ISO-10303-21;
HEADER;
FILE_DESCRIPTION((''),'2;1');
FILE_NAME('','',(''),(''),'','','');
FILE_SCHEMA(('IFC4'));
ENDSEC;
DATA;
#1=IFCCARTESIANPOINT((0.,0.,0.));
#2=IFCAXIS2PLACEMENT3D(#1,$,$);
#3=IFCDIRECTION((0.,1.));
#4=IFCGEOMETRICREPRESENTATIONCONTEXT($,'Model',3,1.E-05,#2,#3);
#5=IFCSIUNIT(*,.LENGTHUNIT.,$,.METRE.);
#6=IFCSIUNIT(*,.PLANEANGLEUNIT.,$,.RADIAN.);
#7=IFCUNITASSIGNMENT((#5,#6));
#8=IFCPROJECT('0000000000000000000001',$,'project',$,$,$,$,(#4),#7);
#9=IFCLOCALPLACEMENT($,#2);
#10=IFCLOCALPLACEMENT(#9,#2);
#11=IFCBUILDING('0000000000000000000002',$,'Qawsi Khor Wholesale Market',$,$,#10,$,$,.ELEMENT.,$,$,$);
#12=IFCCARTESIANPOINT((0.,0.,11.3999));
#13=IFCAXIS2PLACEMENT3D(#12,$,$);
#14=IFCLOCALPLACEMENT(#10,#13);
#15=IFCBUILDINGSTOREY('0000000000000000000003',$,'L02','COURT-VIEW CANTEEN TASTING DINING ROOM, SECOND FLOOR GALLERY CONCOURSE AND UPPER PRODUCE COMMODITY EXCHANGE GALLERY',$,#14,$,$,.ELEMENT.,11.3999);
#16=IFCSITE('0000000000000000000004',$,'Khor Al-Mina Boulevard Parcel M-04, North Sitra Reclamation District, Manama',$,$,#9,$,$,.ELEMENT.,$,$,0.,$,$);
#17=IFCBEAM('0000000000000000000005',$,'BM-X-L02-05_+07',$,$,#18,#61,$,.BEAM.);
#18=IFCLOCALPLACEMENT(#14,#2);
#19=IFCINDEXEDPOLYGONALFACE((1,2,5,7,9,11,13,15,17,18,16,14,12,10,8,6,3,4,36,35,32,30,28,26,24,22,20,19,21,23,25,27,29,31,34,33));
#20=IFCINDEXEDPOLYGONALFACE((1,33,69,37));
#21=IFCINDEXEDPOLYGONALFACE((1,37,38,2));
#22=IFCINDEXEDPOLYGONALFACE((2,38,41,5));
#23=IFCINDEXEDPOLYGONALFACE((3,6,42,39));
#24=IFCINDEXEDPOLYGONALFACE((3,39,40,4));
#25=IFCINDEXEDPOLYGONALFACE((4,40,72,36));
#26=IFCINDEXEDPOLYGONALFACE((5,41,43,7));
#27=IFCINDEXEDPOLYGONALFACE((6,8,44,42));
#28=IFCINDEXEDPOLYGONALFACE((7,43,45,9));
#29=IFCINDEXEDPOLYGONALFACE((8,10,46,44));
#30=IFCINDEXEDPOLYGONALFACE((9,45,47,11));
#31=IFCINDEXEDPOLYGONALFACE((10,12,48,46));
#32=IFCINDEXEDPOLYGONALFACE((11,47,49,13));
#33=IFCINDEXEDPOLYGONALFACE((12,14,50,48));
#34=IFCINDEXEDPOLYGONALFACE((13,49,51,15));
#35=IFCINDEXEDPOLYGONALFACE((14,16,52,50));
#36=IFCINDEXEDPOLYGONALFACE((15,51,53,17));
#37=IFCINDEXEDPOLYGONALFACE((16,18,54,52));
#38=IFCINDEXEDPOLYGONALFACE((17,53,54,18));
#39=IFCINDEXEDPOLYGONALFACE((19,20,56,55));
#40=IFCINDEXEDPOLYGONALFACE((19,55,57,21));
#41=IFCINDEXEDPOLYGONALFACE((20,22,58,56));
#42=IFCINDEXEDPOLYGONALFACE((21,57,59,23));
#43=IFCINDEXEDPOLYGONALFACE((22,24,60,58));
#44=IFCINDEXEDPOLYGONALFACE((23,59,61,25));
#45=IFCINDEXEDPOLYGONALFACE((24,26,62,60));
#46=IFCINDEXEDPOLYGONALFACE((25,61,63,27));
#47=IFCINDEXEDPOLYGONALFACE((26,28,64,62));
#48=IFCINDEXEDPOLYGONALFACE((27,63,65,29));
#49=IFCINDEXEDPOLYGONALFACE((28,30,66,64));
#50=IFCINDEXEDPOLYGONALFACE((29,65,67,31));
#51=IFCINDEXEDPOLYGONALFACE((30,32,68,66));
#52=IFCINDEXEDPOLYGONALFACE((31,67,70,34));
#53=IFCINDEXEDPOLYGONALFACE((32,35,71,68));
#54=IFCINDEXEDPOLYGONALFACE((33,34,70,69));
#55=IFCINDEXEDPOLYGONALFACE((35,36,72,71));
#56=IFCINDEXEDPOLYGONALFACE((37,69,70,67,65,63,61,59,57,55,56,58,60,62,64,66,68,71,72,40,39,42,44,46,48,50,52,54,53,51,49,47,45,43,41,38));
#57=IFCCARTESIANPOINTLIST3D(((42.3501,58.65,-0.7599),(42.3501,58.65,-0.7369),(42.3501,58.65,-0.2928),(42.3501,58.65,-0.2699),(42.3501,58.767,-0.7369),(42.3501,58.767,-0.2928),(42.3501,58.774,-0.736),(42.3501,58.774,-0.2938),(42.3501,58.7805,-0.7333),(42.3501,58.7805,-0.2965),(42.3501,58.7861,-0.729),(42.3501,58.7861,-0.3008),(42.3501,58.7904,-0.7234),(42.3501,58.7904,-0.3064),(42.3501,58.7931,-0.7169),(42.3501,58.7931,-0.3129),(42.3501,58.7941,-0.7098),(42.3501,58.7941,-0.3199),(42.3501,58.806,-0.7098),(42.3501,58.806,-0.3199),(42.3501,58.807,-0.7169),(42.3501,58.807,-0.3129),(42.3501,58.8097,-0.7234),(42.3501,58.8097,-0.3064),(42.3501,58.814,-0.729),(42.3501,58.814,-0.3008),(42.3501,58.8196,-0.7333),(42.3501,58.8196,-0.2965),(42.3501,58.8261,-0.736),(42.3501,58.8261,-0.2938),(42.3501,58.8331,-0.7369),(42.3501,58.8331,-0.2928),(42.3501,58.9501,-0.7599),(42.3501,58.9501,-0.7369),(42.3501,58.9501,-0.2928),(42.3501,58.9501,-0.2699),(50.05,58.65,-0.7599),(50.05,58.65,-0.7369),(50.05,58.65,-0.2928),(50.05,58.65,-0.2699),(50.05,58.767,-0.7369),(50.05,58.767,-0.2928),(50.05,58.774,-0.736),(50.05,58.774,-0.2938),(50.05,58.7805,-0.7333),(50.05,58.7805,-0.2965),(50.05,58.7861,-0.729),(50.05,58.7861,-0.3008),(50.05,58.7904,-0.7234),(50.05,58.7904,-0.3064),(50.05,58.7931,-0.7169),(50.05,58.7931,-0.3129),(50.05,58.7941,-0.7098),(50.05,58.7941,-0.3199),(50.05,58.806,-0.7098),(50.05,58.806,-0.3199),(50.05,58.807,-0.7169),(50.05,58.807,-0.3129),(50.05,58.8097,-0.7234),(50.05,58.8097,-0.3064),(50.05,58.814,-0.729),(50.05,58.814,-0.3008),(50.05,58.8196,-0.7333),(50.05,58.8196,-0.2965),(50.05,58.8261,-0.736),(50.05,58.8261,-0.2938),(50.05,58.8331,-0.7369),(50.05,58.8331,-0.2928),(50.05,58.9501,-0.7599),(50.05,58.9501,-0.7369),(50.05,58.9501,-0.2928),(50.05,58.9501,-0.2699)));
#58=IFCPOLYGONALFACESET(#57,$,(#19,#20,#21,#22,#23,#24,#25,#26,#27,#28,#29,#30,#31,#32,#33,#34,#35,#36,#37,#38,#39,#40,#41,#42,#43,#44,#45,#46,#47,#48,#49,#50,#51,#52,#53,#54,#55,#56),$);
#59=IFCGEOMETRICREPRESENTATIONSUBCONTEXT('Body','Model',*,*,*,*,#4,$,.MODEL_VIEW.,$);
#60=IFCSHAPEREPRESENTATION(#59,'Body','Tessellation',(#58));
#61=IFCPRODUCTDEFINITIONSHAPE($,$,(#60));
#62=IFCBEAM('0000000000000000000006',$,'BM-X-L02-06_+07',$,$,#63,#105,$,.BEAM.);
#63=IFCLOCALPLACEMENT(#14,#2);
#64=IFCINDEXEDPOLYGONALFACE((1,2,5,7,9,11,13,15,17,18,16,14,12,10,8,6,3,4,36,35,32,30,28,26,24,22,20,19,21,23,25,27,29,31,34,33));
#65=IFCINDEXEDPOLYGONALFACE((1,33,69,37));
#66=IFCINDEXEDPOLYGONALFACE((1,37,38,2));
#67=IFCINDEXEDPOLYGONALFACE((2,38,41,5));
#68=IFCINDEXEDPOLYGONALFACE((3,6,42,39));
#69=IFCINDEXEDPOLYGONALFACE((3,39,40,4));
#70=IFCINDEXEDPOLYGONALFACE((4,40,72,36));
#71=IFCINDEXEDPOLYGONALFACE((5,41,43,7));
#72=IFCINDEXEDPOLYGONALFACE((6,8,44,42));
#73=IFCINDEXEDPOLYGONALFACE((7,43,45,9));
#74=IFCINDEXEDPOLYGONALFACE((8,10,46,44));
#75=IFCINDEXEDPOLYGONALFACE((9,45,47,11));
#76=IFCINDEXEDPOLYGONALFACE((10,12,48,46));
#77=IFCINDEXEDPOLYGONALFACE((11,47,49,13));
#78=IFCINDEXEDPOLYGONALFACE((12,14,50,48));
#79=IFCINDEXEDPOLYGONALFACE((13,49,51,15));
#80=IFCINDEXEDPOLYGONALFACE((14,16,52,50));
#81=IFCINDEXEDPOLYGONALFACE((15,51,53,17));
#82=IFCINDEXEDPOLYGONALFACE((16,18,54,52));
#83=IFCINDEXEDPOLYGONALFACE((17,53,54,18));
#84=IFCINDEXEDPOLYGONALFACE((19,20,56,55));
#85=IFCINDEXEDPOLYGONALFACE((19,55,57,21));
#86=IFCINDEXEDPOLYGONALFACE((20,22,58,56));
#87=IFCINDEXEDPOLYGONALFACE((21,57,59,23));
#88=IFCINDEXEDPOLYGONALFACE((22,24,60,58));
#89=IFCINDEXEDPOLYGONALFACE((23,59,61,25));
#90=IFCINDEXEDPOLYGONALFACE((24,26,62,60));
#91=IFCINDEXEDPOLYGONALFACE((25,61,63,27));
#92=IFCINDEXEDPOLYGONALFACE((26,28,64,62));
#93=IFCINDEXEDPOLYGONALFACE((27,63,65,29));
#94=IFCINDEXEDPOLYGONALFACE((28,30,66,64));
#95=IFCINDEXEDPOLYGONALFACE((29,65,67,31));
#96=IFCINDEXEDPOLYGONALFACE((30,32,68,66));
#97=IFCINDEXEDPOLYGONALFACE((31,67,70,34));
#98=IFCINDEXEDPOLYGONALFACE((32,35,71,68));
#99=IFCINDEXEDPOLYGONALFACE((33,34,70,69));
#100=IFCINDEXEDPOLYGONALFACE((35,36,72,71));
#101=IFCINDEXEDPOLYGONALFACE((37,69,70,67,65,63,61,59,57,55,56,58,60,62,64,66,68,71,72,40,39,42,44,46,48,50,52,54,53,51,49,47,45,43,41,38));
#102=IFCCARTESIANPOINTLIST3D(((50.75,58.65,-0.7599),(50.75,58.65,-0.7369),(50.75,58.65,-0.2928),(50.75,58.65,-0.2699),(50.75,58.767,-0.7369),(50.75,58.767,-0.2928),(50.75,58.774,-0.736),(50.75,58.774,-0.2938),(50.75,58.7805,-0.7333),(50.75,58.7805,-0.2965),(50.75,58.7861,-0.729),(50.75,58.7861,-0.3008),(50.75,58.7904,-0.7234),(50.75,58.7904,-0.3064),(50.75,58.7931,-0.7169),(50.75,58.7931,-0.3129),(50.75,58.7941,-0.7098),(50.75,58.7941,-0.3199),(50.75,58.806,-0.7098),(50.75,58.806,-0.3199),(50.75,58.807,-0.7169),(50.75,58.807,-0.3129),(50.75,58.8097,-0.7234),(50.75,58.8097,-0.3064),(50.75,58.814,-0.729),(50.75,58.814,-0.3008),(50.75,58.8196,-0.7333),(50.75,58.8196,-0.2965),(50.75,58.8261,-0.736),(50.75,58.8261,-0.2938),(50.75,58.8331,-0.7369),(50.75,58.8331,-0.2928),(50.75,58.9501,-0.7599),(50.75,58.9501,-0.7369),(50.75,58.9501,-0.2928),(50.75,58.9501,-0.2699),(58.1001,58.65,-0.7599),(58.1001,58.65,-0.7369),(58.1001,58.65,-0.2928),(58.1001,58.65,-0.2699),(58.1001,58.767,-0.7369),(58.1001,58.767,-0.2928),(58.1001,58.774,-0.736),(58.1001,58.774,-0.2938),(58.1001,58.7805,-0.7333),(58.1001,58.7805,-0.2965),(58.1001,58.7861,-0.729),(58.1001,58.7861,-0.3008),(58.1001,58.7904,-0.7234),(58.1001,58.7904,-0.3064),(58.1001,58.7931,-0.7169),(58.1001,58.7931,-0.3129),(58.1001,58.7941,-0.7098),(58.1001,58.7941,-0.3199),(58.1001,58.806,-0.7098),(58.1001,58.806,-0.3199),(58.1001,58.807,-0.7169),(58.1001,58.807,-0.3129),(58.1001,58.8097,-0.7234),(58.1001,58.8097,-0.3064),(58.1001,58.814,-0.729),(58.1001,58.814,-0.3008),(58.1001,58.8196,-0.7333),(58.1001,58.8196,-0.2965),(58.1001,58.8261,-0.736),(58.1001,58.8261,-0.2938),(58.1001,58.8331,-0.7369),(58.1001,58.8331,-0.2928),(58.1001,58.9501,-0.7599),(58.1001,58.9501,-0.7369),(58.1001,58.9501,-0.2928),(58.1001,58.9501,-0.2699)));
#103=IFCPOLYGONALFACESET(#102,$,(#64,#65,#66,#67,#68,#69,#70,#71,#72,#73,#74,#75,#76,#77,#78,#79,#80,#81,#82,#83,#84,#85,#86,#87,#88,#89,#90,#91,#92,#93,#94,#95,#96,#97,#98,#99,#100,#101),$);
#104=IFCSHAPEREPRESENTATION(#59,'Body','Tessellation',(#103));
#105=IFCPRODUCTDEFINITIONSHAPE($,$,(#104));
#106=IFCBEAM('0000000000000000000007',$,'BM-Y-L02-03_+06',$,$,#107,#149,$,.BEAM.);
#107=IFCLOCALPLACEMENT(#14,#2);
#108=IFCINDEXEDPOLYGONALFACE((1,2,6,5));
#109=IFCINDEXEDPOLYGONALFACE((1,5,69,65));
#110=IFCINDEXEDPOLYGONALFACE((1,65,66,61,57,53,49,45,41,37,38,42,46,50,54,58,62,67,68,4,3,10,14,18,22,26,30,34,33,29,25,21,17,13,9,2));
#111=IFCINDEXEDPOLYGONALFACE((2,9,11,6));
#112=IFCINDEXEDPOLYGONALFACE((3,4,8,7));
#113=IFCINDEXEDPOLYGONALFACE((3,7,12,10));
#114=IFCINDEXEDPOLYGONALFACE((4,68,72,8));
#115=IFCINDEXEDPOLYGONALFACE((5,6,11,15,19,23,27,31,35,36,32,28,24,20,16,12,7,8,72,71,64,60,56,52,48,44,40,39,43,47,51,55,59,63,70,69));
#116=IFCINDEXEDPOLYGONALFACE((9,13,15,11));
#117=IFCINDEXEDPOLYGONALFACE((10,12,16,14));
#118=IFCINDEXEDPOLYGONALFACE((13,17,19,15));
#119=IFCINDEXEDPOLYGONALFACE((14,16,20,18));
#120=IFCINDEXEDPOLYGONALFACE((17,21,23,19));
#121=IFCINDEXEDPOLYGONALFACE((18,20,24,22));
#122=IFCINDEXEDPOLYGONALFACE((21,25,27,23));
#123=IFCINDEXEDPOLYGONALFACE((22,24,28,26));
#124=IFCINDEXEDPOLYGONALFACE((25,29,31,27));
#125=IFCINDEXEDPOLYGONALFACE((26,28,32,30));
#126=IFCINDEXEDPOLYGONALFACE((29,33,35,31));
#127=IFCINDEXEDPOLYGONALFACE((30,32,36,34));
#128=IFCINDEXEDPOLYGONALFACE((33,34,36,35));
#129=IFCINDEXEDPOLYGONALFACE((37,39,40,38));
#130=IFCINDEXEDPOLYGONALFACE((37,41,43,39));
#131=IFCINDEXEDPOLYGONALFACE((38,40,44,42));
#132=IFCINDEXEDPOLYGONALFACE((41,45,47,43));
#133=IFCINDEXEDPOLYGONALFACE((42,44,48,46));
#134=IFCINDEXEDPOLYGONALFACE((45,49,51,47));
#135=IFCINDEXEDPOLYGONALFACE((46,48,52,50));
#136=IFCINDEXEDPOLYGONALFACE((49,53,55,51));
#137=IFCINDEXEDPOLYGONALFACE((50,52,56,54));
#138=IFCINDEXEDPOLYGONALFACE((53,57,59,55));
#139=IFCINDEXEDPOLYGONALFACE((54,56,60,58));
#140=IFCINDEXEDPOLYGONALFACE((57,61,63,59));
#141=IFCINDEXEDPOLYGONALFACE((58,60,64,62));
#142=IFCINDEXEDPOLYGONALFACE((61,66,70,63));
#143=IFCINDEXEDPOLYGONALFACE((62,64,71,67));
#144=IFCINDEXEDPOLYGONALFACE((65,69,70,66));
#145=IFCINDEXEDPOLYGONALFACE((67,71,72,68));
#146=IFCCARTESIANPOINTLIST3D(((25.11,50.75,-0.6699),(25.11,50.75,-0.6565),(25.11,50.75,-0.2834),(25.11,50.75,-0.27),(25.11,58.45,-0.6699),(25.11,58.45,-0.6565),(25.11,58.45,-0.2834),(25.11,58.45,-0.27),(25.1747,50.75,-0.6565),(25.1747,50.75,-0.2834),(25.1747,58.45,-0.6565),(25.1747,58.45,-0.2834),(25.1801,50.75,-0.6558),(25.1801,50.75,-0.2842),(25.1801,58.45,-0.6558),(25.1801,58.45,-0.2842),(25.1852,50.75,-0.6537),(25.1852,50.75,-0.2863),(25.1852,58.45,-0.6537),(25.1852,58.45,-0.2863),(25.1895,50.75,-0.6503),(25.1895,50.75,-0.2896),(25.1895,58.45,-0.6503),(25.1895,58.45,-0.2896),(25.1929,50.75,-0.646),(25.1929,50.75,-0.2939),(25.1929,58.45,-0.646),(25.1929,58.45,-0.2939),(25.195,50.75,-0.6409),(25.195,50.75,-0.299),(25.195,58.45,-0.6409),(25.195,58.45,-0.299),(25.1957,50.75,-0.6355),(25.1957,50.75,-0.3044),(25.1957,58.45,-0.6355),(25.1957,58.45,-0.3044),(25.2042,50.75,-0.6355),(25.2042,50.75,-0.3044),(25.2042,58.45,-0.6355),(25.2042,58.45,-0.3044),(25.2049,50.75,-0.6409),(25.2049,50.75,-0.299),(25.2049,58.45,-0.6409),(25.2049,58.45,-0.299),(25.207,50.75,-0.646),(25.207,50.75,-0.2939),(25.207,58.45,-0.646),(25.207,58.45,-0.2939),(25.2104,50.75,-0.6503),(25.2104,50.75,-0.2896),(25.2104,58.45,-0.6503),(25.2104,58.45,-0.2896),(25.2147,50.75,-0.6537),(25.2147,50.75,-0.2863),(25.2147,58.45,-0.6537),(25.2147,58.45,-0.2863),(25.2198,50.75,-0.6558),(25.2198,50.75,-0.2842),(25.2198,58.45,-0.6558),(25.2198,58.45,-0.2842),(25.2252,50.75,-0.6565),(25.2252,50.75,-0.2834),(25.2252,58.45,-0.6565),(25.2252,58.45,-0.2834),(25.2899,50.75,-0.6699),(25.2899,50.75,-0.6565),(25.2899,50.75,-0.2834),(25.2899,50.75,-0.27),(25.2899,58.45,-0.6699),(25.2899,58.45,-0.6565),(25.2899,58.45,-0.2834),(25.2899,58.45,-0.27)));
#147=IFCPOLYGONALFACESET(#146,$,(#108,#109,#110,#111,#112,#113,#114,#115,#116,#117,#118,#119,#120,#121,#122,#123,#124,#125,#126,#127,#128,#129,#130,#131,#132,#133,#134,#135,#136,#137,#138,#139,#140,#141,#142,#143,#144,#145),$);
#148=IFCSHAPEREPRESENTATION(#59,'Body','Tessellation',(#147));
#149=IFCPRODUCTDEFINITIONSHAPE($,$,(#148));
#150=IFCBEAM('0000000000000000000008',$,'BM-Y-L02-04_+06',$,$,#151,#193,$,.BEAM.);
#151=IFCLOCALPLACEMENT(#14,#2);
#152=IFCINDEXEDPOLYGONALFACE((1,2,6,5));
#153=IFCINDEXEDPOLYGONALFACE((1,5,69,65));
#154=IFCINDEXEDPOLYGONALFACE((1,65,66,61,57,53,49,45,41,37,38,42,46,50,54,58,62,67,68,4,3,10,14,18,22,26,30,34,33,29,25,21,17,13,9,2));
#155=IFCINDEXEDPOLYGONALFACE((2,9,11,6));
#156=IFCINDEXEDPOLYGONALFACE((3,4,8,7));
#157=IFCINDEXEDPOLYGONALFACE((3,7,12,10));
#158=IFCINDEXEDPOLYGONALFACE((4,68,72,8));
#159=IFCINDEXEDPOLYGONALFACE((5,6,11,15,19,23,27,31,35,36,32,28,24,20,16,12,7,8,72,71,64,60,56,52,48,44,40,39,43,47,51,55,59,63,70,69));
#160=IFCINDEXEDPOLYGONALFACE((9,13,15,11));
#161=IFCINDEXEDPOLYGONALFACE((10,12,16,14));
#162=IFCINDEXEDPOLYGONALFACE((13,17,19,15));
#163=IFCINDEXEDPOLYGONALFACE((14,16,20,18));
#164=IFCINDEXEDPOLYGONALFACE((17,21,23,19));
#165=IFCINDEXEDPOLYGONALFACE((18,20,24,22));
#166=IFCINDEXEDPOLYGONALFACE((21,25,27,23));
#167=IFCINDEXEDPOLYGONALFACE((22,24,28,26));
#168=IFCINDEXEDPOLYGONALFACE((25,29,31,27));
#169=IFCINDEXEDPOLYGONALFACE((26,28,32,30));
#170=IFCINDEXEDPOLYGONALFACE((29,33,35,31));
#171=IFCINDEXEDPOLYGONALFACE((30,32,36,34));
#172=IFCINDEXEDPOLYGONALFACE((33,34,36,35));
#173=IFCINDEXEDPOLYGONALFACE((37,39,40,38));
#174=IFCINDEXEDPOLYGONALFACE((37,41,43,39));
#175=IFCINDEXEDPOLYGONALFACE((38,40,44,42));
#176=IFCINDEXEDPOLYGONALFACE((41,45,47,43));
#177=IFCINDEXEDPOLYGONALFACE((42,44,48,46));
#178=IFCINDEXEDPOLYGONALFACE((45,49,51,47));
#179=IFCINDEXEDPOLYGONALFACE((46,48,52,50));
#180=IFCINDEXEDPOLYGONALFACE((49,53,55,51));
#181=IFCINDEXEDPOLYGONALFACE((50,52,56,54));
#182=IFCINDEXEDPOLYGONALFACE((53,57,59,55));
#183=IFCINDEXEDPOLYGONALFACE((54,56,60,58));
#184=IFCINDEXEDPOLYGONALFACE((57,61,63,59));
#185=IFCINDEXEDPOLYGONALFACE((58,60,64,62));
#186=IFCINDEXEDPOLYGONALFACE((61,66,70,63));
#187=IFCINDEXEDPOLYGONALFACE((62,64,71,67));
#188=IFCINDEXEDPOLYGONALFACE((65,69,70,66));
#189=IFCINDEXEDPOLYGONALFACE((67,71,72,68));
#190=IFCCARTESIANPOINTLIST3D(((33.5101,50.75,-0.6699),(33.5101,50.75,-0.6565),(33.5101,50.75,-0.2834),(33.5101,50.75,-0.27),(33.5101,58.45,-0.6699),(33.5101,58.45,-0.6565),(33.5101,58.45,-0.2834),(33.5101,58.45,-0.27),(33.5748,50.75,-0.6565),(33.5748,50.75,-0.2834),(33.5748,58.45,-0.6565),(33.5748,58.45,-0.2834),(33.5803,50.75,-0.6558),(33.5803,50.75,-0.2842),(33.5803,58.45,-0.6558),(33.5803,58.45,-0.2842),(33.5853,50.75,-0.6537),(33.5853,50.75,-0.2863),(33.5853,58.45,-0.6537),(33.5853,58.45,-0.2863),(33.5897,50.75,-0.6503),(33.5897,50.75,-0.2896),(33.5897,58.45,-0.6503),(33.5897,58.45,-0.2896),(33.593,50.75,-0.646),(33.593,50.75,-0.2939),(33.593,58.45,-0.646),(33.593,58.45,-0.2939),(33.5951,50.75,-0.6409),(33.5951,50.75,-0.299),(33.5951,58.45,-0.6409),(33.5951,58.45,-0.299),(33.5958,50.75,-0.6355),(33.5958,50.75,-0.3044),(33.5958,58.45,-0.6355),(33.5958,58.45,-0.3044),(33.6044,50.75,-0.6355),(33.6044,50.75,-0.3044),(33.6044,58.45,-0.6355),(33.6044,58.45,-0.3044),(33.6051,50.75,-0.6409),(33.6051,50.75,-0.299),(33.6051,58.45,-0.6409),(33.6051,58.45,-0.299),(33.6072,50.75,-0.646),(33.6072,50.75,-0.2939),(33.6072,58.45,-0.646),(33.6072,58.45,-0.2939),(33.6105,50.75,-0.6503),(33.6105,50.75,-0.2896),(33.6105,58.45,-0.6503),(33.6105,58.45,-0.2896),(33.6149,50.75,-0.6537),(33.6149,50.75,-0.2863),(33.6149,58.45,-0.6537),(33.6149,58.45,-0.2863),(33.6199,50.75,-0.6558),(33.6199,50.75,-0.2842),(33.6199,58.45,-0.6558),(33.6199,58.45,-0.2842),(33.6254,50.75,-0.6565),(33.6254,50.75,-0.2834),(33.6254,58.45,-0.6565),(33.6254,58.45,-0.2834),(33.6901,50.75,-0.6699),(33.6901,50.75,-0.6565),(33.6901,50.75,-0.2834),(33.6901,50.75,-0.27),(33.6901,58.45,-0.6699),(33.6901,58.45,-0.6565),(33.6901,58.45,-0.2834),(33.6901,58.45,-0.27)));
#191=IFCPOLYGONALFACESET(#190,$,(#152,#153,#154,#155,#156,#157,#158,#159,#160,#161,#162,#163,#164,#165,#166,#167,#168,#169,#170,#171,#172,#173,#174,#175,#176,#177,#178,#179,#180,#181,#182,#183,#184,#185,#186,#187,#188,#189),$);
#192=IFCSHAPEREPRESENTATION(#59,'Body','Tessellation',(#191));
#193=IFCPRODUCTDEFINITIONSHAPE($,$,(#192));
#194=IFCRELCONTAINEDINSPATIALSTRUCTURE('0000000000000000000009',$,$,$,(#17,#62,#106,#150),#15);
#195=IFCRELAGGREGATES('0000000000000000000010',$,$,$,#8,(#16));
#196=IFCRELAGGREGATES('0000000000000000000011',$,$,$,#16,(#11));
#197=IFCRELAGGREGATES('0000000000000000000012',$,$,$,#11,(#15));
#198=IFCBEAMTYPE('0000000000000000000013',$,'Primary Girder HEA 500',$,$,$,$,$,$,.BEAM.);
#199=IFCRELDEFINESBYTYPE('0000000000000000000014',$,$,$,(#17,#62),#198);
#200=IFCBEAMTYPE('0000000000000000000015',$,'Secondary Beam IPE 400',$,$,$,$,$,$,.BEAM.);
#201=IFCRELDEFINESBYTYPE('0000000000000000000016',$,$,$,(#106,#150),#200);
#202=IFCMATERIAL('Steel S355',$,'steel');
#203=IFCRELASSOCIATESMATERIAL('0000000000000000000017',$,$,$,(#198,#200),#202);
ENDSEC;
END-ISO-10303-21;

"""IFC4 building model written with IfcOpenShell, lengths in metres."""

from ifc_helpers import new_model, si_unit, direction, frame, origin, origin_2d, place, context, subcontext, project, spatial, i_section, extrude, material, material_profile, profile_set, type_object, element, save


model = new_model("IFC4")

# Units and contexts
model_context = context("Model", 3, precision=1e-05, world=origin(), true_north=direction((0.0, 1.0)))
body_context = subcontext(model_context, "Body", "Model", "MODEL_VIEW")
ifc_project = project(units=[si_unit("LENGTHUNIT", "METRE"), si_unit("PLANEANGLEUNIT", "RADIAN")], contexts=[model_context])

# Site, building, storey
site_placement = place(None, origin())
site = spatial("IfcSite", under=ifc_project, at=site_placement, Name="Khor Al-Mina Boulevard Parcel M-04, North Sitra Reclamation District, Manama", CompositionType="ELEMENT", RefElevation=0.0)
building_placement = place(site_placement, origin())
building = spatial("IfcBuilding", under=site, at=building_placement, Name="Qawsi Khor Wholesale Market", CompositionType="ELEMENT")
storey_placement = place(building_placement, frame((0.0, 0.0, 11.3999)))
storey = spatial("IfcBuildingStorey", under=building, at=storey_placement, Name="L02", Description="COURT-VIEW CANTEEN TASTING DINING ROOM, SECOND FLOOR GALLERY CONCOURSE AND UPPER PRODUCE COMMODITY EXCHANGE GALLERY", CompositionType="ELEMENT", Elevation=11.3999)

# Beams
ifc_material_1 = material(Name="Steel S355", Category="steel")
ifc_material_profile_1 = material_profile(ifc_material_1, i_section(OverallWidth=0.3, OverallDepth=0.49, WebThickness=0.012, FlangeThickness=0.0229, FilletRadius=0.0271, at=origin_2d()), Name="HEA 500")
ifc_profile_set_1 = profile_set([ifc_material_profile_1], Name="Steel S355")
beam_type_1 = type_object("IfcBeamType", Name="Primary Girder HEA 500", PredefinedType="BEAM", material=ifc_profile_set_1)
for number, where, z_axis, x_axis, name in (
    (1, (42.3501, 58.8, -0.5149), (1.0, 0.0, 0.0), (0.0, 1.0, 0.0), "BM-X-L02-05_+07"),
):
    element("IfcBeam", number, at=place(storey_placement, frame(where, z_axis=z_axis, x_axis=x_axis)), inside=storey, type_object=beam_type_1, Name=name, PredefinedType="BEAM", context=body_context, shape_type="SweptSolid", body=[
        extrude(i_section(OverallWidth=0.3, OverallDepth=0.49, WebThickness=0.012, FlangeThickness=0.0229, FilletRadius=0.0271, at=origin_2d()), origin(), (0.0, 0.0, 1.0), 7.7),
    ])
beam_1_placement = place(storey_placement, frame((50.75, 58.8, -0.5149), z_axis=(1.0, 0.0, 0.0), x_axis=(0.0, 1.0, 0.0)))
element("IfcBeam", 2, at=beam_1_placement, inside=storey, type_object=beam_type_1, Name="BM-X-L02-06_+07", PredefinedType="BEAM", context=body_context, shape_type="SweptSolid", body=[
    extrude(i_section(OverallWidth=0.3, OverallDepth=0.49, WebThickness=0.012, FlangeThickness=0.0229, FilletRadius=0.0271, at=origin_2d()), origin(), (0.0, 0.0, 1.0), 7.3501),
])
ifc_material_profile_2 = material_profile(ifc_material_1, i_section(OverallWidth=0.1799, OverallDepth=0.3999, WebThickness=0.0085, FlangeThickness=0.0134, FilletRadius=0.021, at=origin_2d()), Name="IPE 400")
ifc_profile_set_2 = profile_set([ifc_material_profile_2], Name="Steel S355")
beam_type_2 = type_object("IfcBeamType", Name="Secondary Beam IPE 400", PredefinedType="BEAM", material=ifc_profile_set_2)
for number, where, z_axis, x_axis, name in (
    (3, (25.2, 50.75, -0.47), (0.0, 1.0, 0.0), (-1.0, 0.0, 0.0), "BM-Y-L02-03_+06"),
    (4, (33.6001, 50.75, -0.47), (0.0, 1.0, 0.0), (-1.0, 0.0, 0.0), "BM-Y-L02-04_+06"),
):
    element("IfcBeam", number, at=place(storey_placement, frame(where, z_axis=z_axis, x_axis=x_axis)), inside=storey, type_object=beam_type_2, Name=name, PredefinedType="BEAM", context=body_context, shape_type="SweptSolid", body=[
        extrude(i_section(OverallWidth=0.1799, OverallDepth=0.3999, WebThickness=0.0085, FlangeThickness=0.0134, FilletRadius=0.021, at=origin_2d()), origin(), (0.0, 0.0, 1.0), 7.7),
    ])

save(model, "model.ifc")
